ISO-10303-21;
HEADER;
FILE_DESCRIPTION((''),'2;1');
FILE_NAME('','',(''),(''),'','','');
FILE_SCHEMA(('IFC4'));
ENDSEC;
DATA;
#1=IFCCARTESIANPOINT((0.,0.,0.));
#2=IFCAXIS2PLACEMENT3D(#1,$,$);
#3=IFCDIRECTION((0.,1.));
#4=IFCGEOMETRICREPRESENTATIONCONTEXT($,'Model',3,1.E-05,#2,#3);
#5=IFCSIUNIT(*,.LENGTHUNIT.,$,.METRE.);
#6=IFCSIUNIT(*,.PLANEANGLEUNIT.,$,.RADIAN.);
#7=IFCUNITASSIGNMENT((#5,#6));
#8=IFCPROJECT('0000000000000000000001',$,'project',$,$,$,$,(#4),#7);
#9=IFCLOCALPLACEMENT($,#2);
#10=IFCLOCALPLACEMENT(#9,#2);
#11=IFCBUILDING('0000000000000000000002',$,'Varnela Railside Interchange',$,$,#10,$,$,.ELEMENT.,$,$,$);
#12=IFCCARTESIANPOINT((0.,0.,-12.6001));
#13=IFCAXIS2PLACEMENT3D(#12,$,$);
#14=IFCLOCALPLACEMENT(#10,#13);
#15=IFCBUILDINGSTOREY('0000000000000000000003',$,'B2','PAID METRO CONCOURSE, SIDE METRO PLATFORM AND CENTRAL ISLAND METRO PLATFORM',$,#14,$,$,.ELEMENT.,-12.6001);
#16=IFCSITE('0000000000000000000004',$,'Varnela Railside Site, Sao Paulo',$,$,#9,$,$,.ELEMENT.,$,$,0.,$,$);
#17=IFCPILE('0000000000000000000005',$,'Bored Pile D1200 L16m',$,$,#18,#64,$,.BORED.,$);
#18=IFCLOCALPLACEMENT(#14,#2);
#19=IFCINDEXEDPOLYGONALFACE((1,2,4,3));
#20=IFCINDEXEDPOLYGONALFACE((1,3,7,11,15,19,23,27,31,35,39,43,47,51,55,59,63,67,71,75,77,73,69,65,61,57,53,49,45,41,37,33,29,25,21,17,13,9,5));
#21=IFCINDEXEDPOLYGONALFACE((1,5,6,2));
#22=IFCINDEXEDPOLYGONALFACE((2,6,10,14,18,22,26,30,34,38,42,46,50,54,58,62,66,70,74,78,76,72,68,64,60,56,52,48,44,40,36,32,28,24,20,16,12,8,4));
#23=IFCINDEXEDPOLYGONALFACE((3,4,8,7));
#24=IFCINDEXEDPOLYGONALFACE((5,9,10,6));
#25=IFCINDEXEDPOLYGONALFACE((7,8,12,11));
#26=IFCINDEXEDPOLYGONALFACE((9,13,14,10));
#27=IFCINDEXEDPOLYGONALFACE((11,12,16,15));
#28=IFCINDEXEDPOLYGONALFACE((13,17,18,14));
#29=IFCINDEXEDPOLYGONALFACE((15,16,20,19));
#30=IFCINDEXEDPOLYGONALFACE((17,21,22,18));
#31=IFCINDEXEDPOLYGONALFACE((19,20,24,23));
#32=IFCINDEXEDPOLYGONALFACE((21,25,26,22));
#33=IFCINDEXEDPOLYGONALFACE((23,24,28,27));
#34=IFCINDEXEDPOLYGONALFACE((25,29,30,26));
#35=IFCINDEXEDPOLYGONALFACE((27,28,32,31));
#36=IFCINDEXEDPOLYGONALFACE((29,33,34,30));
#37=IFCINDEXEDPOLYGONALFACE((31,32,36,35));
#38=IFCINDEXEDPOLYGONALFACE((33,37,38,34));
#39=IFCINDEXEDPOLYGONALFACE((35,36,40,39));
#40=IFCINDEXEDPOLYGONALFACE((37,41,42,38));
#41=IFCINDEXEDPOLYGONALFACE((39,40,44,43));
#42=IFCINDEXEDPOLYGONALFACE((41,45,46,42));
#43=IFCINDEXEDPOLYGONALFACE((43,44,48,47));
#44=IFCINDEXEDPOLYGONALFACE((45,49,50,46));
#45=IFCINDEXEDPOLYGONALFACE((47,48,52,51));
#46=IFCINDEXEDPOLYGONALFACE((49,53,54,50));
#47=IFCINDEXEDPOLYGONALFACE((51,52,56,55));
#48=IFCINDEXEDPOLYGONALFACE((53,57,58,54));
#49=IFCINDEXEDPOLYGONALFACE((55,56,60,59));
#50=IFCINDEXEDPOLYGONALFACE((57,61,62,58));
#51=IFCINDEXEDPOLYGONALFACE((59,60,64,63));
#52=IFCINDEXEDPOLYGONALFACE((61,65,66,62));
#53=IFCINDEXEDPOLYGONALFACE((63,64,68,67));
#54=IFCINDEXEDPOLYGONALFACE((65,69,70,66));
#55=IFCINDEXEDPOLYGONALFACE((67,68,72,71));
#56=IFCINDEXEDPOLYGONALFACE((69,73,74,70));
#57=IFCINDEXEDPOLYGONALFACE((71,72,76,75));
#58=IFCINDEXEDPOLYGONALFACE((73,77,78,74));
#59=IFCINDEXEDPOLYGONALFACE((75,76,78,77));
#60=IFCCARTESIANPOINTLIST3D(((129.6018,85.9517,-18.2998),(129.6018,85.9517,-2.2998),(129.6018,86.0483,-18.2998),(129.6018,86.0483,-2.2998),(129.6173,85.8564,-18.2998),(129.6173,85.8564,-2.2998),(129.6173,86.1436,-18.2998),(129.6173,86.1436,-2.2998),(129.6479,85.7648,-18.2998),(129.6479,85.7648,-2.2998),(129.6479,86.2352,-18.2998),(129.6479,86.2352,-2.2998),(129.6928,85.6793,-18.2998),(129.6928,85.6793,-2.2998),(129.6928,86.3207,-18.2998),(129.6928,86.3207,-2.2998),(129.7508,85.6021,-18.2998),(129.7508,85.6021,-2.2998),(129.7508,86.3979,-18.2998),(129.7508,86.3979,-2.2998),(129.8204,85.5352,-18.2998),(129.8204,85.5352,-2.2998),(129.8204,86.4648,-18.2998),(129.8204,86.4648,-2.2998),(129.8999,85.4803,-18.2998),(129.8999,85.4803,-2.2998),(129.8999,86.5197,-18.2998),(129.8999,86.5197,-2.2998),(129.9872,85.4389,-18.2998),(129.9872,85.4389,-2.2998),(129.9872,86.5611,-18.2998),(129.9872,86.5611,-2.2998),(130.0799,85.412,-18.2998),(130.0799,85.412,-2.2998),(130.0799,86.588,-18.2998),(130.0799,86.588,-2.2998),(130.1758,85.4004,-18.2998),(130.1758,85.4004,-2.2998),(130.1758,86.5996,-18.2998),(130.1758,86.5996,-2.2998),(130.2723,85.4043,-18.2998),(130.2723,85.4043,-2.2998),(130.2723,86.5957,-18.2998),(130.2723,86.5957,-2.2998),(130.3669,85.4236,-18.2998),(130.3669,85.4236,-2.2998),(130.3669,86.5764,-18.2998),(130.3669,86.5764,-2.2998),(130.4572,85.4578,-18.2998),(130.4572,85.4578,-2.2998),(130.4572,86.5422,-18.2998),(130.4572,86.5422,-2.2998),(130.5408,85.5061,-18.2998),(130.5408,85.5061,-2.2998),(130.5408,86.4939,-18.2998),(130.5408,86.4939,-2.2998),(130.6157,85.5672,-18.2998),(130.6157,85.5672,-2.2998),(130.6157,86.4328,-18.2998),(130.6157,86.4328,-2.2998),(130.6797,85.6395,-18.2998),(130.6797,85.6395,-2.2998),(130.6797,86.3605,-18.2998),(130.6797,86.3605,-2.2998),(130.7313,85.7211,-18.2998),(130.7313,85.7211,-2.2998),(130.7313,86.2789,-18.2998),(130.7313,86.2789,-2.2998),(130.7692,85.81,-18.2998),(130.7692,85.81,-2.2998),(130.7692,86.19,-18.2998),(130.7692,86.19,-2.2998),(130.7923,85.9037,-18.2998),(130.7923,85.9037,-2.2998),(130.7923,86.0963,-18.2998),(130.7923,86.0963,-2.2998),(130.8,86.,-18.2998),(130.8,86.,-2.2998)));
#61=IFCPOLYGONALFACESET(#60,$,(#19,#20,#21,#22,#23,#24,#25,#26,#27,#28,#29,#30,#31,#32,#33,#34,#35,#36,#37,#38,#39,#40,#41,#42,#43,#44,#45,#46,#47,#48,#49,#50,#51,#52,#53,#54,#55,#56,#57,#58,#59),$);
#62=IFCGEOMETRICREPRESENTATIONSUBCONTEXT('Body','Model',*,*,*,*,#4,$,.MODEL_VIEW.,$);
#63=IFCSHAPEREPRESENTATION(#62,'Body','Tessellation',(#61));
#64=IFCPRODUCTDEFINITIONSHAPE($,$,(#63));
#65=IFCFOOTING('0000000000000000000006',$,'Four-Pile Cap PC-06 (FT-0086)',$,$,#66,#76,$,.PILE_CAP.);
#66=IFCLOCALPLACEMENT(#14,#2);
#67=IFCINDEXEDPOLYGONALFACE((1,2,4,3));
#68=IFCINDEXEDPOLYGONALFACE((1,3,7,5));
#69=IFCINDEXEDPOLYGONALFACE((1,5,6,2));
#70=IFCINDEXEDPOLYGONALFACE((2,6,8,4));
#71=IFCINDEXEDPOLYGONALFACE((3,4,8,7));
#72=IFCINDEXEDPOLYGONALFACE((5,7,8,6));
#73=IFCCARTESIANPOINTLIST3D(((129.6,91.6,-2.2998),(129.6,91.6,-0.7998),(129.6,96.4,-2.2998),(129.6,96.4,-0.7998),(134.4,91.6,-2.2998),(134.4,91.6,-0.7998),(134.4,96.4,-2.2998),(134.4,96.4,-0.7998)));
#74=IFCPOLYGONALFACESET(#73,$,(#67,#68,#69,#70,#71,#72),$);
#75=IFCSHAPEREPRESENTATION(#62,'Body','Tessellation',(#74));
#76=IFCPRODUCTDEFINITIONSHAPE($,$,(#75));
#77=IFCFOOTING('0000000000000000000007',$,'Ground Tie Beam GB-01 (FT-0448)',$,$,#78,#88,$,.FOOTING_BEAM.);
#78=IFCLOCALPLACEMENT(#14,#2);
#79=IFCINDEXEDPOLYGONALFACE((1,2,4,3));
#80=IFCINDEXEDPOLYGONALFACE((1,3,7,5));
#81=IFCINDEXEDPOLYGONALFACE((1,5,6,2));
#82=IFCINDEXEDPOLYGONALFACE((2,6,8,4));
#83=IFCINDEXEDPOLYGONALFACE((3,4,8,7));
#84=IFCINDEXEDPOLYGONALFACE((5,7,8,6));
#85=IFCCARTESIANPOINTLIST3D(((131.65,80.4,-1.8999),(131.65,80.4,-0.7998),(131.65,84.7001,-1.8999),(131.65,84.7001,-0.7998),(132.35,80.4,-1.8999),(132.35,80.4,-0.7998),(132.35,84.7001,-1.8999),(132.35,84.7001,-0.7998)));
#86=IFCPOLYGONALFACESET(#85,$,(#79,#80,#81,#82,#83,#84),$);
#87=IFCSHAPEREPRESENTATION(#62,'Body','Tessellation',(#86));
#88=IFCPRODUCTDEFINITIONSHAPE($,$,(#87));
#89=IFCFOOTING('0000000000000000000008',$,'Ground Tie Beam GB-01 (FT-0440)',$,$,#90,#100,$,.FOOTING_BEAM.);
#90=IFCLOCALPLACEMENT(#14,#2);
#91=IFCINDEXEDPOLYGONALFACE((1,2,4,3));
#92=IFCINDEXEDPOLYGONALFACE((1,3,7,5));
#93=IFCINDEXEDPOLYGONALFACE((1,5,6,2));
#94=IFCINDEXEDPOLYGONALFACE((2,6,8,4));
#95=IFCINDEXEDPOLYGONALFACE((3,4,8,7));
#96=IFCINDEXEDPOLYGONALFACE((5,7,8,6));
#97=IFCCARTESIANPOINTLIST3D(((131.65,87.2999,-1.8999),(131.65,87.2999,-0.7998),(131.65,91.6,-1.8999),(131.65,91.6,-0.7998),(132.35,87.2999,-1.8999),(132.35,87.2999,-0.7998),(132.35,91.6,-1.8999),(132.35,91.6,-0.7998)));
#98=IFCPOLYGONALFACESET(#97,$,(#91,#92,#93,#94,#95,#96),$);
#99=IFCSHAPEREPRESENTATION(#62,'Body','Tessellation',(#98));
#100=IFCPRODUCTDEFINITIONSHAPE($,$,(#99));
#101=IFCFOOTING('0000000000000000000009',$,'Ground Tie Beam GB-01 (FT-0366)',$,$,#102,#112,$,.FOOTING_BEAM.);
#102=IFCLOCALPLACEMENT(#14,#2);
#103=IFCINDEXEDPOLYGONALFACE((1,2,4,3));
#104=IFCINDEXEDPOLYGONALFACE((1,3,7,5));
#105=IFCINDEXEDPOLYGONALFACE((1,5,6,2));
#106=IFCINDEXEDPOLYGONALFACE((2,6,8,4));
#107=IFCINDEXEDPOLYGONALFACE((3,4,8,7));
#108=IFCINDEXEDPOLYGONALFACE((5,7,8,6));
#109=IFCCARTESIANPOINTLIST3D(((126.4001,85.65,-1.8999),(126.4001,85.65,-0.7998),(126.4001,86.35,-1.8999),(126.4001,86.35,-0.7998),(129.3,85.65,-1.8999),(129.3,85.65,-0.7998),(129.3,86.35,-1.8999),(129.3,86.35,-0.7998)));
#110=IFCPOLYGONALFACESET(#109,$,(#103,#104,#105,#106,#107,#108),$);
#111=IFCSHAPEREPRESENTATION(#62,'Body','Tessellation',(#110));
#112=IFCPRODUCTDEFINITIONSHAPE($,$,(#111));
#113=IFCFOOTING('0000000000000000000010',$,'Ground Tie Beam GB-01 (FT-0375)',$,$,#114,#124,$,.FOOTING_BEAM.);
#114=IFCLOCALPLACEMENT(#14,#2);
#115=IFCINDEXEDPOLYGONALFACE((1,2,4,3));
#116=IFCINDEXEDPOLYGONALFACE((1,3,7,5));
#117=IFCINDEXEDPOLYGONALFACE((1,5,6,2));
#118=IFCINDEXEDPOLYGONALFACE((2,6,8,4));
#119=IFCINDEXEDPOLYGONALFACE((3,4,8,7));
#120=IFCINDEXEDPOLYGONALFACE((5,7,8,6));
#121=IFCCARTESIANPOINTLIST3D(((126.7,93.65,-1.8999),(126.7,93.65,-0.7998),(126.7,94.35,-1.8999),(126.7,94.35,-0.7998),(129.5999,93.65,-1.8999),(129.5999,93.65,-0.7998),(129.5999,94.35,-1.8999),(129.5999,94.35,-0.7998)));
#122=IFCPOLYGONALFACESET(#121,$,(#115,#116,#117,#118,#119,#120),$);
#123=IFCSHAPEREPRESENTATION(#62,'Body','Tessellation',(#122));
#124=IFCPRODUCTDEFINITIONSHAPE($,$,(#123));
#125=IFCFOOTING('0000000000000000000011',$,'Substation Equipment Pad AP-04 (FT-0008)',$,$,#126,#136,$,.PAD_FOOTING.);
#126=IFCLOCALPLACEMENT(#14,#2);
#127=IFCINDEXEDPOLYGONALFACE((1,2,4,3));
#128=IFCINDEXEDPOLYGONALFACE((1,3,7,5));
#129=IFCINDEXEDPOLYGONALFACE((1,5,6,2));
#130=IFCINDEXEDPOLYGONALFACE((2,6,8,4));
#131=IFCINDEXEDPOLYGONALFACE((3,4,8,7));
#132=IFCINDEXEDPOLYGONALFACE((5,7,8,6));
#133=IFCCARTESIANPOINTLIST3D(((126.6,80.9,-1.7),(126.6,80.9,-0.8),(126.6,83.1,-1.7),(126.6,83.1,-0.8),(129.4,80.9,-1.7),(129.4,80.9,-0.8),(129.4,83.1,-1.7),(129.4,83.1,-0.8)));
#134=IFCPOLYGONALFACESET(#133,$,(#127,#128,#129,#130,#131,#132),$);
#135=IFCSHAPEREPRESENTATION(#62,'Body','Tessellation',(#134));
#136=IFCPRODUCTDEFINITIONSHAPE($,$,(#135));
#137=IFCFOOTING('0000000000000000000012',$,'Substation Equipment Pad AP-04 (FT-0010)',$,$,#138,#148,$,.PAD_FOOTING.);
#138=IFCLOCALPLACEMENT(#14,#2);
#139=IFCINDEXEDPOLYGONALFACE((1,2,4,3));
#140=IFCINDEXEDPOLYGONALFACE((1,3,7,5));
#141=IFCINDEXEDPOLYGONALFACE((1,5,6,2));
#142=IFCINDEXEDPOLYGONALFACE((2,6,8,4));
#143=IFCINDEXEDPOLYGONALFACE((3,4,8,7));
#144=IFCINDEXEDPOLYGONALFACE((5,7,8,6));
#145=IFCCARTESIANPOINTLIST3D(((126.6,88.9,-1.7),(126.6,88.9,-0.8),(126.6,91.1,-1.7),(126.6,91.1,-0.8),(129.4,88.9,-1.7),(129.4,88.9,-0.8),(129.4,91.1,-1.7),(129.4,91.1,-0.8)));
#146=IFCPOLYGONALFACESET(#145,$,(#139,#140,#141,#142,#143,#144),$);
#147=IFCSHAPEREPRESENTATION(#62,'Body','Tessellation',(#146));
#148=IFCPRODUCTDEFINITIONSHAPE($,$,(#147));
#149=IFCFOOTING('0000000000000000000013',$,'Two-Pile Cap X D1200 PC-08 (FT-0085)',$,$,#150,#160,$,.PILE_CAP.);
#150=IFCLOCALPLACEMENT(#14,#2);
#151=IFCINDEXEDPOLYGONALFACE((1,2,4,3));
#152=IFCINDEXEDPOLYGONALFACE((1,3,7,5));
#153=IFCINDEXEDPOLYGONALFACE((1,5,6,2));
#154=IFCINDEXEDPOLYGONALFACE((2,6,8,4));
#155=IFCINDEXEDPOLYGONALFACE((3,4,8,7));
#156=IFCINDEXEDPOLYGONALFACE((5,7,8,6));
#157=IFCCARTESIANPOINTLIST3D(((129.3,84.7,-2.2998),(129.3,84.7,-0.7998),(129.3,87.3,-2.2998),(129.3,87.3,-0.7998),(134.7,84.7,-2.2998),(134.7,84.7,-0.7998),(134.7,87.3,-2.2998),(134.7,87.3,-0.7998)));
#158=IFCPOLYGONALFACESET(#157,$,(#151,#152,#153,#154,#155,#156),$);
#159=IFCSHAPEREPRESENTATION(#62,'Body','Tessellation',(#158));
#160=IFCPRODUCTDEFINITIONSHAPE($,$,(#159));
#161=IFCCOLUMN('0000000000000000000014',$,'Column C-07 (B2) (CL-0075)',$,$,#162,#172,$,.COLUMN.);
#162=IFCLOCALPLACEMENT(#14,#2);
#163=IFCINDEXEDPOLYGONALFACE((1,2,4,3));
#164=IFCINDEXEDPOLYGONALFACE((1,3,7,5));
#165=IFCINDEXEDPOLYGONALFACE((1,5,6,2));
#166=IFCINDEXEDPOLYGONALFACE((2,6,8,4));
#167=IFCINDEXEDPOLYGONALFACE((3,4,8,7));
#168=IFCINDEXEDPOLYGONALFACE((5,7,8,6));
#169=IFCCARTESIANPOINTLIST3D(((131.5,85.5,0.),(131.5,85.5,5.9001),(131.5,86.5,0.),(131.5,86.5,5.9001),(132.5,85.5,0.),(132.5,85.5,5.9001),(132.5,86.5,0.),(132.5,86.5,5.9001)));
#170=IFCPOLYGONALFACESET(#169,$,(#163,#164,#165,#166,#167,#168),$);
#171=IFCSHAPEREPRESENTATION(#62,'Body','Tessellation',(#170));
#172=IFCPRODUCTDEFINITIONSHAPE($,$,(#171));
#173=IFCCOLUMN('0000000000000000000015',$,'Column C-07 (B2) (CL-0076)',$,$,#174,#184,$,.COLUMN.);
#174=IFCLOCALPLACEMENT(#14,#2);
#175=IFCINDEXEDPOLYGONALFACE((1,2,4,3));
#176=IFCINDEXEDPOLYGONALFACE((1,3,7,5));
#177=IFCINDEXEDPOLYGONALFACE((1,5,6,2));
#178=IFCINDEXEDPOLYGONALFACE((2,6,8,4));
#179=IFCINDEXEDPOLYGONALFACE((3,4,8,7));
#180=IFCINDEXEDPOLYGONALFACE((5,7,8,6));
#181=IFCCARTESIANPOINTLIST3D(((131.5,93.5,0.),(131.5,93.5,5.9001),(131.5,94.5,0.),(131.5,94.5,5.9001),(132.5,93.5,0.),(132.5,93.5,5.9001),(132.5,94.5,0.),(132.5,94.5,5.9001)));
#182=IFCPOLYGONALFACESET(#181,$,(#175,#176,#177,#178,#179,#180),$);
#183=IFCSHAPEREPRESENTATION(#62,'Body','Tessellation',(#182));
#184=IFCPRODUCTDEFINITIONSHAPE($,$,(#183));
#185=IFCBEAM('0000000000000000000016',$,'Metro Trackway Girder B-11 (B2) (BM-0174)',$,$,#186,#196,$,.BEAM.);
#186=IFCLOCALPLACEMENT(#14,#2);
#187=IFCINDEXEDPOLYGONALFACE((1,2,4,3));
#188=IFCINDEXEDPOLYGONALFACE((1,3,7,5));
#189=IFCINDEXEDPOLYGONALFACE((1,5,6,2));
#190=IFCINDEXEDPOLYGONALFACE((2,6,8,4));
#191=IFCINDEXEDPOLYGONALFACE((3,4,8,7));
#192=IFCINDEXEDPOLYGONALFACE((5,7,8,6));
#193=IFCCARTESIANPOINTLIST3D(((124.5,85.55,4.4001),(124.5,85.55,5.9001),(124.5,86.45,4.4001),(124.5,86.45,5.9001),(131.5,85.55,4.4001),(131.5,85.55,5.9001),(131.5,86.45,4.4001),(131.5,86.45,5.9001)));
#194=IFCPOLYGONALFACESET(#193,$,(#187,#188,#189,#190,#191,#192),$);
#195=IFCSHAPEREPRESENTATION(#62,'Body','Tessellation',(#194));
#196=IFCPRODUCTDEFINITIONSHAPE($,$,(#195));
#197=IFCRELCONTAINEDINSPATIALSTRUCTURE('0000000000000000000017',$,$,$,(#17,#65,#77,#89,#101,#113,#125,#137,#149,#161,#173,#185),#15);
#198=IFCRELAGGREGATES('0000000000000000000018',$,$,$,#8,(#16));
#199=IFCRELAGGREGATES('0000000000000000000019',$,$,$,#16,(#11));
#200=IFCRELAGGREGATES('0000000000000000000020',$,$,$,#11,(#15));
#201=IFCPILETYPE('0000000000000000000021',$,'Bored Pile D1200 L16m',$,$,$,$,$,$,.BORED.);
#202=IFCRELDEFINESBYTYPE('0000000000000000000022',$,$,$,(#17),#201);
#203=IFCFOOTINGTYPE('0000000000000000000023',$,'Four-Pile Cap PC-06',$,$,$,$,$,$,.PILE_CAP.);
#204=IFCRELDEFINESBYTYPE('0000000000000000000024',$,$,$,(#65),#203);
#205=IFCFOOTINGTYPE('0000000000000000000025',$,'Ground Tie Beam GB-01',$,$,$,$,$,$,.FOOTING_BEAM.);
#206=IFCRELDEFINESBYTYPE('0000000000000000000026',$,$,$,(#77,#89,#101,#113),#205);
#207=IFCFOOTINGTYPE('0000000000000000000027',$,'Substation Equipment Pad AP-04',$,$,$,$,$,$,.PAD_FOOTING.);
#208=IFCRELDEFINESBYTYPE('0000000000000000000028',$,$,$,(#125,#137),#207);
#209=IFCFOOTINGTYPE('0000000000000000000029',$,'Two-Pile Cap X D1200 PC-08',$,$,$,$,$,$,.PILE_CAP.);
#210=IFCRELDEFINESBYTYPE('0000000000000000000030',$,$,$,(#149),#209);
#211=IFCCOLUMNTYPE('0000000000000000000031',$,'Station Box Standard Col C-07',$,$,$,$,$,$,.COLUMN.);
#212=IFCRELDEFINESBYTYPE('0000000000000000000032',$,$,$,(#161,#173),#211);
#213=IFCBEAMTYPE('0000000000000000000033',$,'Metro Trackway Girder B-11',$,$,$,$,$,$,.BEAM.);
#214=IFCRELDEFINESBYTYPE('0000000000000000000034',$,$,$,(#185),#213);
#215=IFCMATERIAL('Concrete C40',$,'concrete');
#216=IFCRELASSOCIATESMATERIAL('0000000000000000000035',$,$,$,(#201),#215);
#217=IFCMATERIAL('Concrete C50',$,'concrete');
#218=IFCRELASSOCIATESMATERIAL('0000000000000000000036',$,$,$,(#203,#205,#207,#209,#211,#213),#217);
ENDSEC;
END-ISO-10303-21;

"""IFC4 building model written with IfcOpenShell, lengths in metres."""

from ifc_helpers import new_model, si_unit, direction, frame, origin, origin_2d, place, context, subcontext, project, spatial, rectangle, circle, extrude, material, material_profile, profile_set, type_object, element, save


model = new_model("IFC4")

# Units and contexts
model_context = context("Model", 3, precision=1e-05, world=origin(), true_north=direction((0.0, 1.0)))
body_context = subcontext(model_context, "Body", "Model", "MODEL_VIEW")
ifc_project = project(units=[si_unit("LENGTHUNIT", "METRE"), si_unit("PLANEANGLEUNIT", "RADIAN")], contexts=[model_context])

# Site, building, storey
site_placement = place(None, origin())
site = spatial("IfcSite", under=ifc_project, at=site_placement, Name="Varnela Railside Site, Sao Paulo", CompositionType="ELEMENT", RefElevation=0.0)
building_placement = place(site_placement, origin())
building = spatial("IfcBuilding", under=site, at=building_placement, Name="Varnela Railside Interchange", CompositionType="ELEMENT")
storey_placement = place(building_placement, frame((0.0, 0.0, -12.6001)))
storey = spatial("IfcBuildingStorey", under=building, at=storey_placement, Name="B2", Description="PAID METRO CONCOURSE, SIDE METRO PLATFORM AND CENTRAL ISLAND METRO PLATFORM", CompositionType="ELEMENT", Elevation=-12.6001)

# Pile
ifc_material_1 = material(Name="Concrete C40", Category="concrete")
ifc_material_profile_1 = material_profile(ifc_material_1, circle(Radius=0.6001, at=origin_2d()), Name="BORED PILE D1200")
ifc_profile_set_1 = profile_set([ifc_material_profile_1], Name="Concrete C40")
pile_type_1 = type_object("IfcPileType", Name="Bored Pile D1200 L16m", PredefinedType="BORED", material=ifc_profile_set_1)
for number, where, z_axis, x_axis, name in (
    (1, (130.2, 86.0, -2.2998), (0.0, 0.0, -1.0), (1.0, 0.0, 0.0), "Bored Pile D1200 L16m"),
):
    element("IfcPile", number, at=place(storey_placement, frame(where, z_axis=z_axis, x_axis=x_axis)), inside=storey, type_object=pile_type_1, Name=name, PredefinedType="BORED", context=body_context, shape_type="SweptSolid", body=[
        extrude(circle(Radius=0.6001, at=origin_2d()), origin(), (0.0, 0.0, 1.0), 16.0),
    ])

# Footings
ifc_material_2 = material(Name="Concrete C50", Category="concrete")
footing_type_1 = type_object("IfcFootingType", Name="Four-Pile Cap PC-06", PredefinedType="PILE_CAP", material=ifc_material_2)
footing_1_placement = place(storey_placement, frame((132.0, 94.0, -2.2998), z_axis=(0.0, 0.0, 1.0), x_axis=(1.0, 0.0, 0.0)))
element("IfcFooting", 2, at=footing_1_placement, inside=storey, type_object=footing_type_1, Name="Four-Pile Cap PC-06 (FT-0086)", PredefinedType="PILE_CAP", context=body_context, shape_type="SweptSolid", body=[
    extrude(rectangle(XDim=4.8, YDim=4.8, at=origin_2d()), origin(), (0.0, 0.0, 1.0), 1.5),
])
footing_type_2 = type_object("IfcFootingType", Name="Ground Tie Beam GB-01", PredefinedType="FOOTING_BEAM", material=ifc_material_2)
for number, where, z_axis, x_axis, name in (
    (3, (132.0, 82.55, -1.8999), (0.0, 0.0, 1.0), (1.0, 0.0, 0.0), "Ground Tie Beam GB-01 (FT-0448)"),
    (4, (132.0, 89.45, -1.8999), (0.0, 0.0, 1.0), (1.0, 0.0, 0.0), "Ground Tie Beam GB-01 (FT-0440)"),
):
    element("IfcFooting", number, at=place(storey_placement, frame(where, z_axis=z_axis, x_axis=x_axis)), inside=storey, type_object=footing_type_2, Name=name, PredefinedType="FOOTING_BEAM", context=body_context, shape_type="SweptSolid", body=[
        extrude(rectangle(XDim=0.7, YDim=4.3, at=origin_2d()), origin(), (0.0, 0.0, 1.0), 1.1001),
    ])
for number, where, z_axis, x_axis, name in (
    (5, (127.8501, 86.0, -1.8999), (0.0, 0.0, 1.0), (1.0, 0.0, 0.0), "Ground Tie Beam GB-01 (FT-0366)"),
    (6, (128.1499, 94.0, -1.8999), (0.0, 0.0, 1.0), (1.0, 0.0, 0.0), "Ground Tie Beam GB-01 (FT-0375)"),
):
    element("IfcFooting", number, at=place(storey_placement, frame(where, z_axis=z_axis, x_axis=x_axis)), inside=storey, type_object=footing_type_2, Name=name, PredefinedType="FOOTING_BEAM", context=body_context, shape_type="SweptSolid", body=[
        extrude(rectangle(XDim=2.8999, YDim=0.7, at=origin_2d()), origin(), (0.0, 0.0, 1.0), 1.1001),
    ])
footing_type_3 = type_object("IfcFootingType", Name="Substation Equipment Pad AP-04", PredefinedType="PAD_FOOTING", material=ifc_material_2)
for number, where, z_axis, x_axis, name in (
    (7, (128.0, 82.0, -1.7), (0.0, 0.0, 1.0), (1.0, 0.0, 0.0), "Substation Equipment Pad AP-04 (FT-0008)"),
    (8, (128.0, 90.0, -1.7), (0.0, 0.0, 1.0), (1.0, 0.0, 0.0), "Substation Equipment Pad AP-04 (FT-0010)"),
):
    element("IfcFooting", number, at=place(storey_placement, frame(where, z_axis=z_axis, x_axis=x_axis)), inside=storey, type_object=footing_type_3, Name=name, PredefinedType="PAD_FOOTING", context=body_context, shape_type="SweptSolid", body=[
        extrude(rectangle(XDim=2.8, YDim=2.2, at=origin_2d()), origin(), (0.0, 0.0, 1.0), 0.8999),
    ])
footing_type_4 = type_object("IfcFootingType", Name="Two-Pile Cap X D1200 PC-08", PredefinedType="PILE_CAP", material=ifc_material_2)
footing_2_placement = place(storey_placement, frame((132.0, 86.0, -2.2998), z_axis=(0.0, 0.0, 1.0), x_axis=(1.0, 0.0, 0.0)))
element("IfcFooting", 9, at=footing_2_placement, inside=storey, type_object=footing_type_4, Name="Two-Pile Cap X D1200 PC-08 (FT-0085)", PredefinedType="PILE_CAP", context=body_context, shape_type="SweptSolid", body=[
    extrude(rectangle(XDim=5.3999, YDim=2.6001, at=origin_2d()), origin(), (0.0, 0.0, 1.0), 1.5),
])

# Columns
ifc_material_profile_2 = material_profile(ifc_material_2, rectangle(XDim=1.0, YDim=1.0, at=origin_2d()), Name="RC 1000x1000")
ifc_profile_set_2 = profile_set([ifc_material_profile_2], Name="Concrete C50")
column_type = type_object("IfcColumnType", Name="Station Box Standard Col C-07", PredefinedType="COLUMN", material=ifc_profile_set_2)
for number, where, z_axis, x_axis, name in (
    (10, (132.0, 86.0, 0.0), (0.0, 0.0, 1.0), (1.0, 0.0, 0.0), "Column C-07 (B2) (CL-0075)"),
    (11, (132.0, 94.0, 0.0), (0.0, 0.0, 1.0), (1.0, 0.0, 0.0), "Column C-07 (B2) (CL-0076)"),
):
    element("IfcColumn", number, at=place(storey_placement, frame(where, z_axis=z_axis, x_axis=x_axis)), inside=storey, type_object=column_type, Name=name, PredefinedType="COLUMN", context=body_context, shape_type="SweptSolid", body=[
        extrude(rectangle(XDim=1.0, YDim=1.0, at=origin_2d()), origin(), (0.0, 0.0, 1.0), 5.9001),
    ])

# Beam
ifc_material_profile_3 = material_profile(ifc_material_2, rectangle(XDim=0.8999, YDim=1.5, at=origin_2d()), Name="RC 900x1500")
ifc_profile_set_3 = profile_set([ifc_material_profile_3], Name="Concrete C50")
beam_type_1 = type_object("IfcBeamType", Name="Metro Trackway Girder B-11", PredefinedType="BEAM", material=ifc_profile_set_3)
beam_1_placement = place(storey_placement, frame((124.5, 86.0, 5.1501), z_axis=(1.0, 0.0, 0.0), x_axis=(0.0, 1.0, 0.0)))
element("IfcBeam", 12, at=beam_1_placement, inside=storey, type_object=beam_type_1, Name="Metro Trackway Girder B-11 (B2) (BM-0174)", PredefinedType="BEAM", context=body_context, shape_type="SweptSolid", body=[
    extrude(rectangle(XDim=0.8999, YDim=1.5, at=origin_2d()), origin(), (0.0, 0.0, 1.0), 7.0),
])

save(model, "model.ifc")
